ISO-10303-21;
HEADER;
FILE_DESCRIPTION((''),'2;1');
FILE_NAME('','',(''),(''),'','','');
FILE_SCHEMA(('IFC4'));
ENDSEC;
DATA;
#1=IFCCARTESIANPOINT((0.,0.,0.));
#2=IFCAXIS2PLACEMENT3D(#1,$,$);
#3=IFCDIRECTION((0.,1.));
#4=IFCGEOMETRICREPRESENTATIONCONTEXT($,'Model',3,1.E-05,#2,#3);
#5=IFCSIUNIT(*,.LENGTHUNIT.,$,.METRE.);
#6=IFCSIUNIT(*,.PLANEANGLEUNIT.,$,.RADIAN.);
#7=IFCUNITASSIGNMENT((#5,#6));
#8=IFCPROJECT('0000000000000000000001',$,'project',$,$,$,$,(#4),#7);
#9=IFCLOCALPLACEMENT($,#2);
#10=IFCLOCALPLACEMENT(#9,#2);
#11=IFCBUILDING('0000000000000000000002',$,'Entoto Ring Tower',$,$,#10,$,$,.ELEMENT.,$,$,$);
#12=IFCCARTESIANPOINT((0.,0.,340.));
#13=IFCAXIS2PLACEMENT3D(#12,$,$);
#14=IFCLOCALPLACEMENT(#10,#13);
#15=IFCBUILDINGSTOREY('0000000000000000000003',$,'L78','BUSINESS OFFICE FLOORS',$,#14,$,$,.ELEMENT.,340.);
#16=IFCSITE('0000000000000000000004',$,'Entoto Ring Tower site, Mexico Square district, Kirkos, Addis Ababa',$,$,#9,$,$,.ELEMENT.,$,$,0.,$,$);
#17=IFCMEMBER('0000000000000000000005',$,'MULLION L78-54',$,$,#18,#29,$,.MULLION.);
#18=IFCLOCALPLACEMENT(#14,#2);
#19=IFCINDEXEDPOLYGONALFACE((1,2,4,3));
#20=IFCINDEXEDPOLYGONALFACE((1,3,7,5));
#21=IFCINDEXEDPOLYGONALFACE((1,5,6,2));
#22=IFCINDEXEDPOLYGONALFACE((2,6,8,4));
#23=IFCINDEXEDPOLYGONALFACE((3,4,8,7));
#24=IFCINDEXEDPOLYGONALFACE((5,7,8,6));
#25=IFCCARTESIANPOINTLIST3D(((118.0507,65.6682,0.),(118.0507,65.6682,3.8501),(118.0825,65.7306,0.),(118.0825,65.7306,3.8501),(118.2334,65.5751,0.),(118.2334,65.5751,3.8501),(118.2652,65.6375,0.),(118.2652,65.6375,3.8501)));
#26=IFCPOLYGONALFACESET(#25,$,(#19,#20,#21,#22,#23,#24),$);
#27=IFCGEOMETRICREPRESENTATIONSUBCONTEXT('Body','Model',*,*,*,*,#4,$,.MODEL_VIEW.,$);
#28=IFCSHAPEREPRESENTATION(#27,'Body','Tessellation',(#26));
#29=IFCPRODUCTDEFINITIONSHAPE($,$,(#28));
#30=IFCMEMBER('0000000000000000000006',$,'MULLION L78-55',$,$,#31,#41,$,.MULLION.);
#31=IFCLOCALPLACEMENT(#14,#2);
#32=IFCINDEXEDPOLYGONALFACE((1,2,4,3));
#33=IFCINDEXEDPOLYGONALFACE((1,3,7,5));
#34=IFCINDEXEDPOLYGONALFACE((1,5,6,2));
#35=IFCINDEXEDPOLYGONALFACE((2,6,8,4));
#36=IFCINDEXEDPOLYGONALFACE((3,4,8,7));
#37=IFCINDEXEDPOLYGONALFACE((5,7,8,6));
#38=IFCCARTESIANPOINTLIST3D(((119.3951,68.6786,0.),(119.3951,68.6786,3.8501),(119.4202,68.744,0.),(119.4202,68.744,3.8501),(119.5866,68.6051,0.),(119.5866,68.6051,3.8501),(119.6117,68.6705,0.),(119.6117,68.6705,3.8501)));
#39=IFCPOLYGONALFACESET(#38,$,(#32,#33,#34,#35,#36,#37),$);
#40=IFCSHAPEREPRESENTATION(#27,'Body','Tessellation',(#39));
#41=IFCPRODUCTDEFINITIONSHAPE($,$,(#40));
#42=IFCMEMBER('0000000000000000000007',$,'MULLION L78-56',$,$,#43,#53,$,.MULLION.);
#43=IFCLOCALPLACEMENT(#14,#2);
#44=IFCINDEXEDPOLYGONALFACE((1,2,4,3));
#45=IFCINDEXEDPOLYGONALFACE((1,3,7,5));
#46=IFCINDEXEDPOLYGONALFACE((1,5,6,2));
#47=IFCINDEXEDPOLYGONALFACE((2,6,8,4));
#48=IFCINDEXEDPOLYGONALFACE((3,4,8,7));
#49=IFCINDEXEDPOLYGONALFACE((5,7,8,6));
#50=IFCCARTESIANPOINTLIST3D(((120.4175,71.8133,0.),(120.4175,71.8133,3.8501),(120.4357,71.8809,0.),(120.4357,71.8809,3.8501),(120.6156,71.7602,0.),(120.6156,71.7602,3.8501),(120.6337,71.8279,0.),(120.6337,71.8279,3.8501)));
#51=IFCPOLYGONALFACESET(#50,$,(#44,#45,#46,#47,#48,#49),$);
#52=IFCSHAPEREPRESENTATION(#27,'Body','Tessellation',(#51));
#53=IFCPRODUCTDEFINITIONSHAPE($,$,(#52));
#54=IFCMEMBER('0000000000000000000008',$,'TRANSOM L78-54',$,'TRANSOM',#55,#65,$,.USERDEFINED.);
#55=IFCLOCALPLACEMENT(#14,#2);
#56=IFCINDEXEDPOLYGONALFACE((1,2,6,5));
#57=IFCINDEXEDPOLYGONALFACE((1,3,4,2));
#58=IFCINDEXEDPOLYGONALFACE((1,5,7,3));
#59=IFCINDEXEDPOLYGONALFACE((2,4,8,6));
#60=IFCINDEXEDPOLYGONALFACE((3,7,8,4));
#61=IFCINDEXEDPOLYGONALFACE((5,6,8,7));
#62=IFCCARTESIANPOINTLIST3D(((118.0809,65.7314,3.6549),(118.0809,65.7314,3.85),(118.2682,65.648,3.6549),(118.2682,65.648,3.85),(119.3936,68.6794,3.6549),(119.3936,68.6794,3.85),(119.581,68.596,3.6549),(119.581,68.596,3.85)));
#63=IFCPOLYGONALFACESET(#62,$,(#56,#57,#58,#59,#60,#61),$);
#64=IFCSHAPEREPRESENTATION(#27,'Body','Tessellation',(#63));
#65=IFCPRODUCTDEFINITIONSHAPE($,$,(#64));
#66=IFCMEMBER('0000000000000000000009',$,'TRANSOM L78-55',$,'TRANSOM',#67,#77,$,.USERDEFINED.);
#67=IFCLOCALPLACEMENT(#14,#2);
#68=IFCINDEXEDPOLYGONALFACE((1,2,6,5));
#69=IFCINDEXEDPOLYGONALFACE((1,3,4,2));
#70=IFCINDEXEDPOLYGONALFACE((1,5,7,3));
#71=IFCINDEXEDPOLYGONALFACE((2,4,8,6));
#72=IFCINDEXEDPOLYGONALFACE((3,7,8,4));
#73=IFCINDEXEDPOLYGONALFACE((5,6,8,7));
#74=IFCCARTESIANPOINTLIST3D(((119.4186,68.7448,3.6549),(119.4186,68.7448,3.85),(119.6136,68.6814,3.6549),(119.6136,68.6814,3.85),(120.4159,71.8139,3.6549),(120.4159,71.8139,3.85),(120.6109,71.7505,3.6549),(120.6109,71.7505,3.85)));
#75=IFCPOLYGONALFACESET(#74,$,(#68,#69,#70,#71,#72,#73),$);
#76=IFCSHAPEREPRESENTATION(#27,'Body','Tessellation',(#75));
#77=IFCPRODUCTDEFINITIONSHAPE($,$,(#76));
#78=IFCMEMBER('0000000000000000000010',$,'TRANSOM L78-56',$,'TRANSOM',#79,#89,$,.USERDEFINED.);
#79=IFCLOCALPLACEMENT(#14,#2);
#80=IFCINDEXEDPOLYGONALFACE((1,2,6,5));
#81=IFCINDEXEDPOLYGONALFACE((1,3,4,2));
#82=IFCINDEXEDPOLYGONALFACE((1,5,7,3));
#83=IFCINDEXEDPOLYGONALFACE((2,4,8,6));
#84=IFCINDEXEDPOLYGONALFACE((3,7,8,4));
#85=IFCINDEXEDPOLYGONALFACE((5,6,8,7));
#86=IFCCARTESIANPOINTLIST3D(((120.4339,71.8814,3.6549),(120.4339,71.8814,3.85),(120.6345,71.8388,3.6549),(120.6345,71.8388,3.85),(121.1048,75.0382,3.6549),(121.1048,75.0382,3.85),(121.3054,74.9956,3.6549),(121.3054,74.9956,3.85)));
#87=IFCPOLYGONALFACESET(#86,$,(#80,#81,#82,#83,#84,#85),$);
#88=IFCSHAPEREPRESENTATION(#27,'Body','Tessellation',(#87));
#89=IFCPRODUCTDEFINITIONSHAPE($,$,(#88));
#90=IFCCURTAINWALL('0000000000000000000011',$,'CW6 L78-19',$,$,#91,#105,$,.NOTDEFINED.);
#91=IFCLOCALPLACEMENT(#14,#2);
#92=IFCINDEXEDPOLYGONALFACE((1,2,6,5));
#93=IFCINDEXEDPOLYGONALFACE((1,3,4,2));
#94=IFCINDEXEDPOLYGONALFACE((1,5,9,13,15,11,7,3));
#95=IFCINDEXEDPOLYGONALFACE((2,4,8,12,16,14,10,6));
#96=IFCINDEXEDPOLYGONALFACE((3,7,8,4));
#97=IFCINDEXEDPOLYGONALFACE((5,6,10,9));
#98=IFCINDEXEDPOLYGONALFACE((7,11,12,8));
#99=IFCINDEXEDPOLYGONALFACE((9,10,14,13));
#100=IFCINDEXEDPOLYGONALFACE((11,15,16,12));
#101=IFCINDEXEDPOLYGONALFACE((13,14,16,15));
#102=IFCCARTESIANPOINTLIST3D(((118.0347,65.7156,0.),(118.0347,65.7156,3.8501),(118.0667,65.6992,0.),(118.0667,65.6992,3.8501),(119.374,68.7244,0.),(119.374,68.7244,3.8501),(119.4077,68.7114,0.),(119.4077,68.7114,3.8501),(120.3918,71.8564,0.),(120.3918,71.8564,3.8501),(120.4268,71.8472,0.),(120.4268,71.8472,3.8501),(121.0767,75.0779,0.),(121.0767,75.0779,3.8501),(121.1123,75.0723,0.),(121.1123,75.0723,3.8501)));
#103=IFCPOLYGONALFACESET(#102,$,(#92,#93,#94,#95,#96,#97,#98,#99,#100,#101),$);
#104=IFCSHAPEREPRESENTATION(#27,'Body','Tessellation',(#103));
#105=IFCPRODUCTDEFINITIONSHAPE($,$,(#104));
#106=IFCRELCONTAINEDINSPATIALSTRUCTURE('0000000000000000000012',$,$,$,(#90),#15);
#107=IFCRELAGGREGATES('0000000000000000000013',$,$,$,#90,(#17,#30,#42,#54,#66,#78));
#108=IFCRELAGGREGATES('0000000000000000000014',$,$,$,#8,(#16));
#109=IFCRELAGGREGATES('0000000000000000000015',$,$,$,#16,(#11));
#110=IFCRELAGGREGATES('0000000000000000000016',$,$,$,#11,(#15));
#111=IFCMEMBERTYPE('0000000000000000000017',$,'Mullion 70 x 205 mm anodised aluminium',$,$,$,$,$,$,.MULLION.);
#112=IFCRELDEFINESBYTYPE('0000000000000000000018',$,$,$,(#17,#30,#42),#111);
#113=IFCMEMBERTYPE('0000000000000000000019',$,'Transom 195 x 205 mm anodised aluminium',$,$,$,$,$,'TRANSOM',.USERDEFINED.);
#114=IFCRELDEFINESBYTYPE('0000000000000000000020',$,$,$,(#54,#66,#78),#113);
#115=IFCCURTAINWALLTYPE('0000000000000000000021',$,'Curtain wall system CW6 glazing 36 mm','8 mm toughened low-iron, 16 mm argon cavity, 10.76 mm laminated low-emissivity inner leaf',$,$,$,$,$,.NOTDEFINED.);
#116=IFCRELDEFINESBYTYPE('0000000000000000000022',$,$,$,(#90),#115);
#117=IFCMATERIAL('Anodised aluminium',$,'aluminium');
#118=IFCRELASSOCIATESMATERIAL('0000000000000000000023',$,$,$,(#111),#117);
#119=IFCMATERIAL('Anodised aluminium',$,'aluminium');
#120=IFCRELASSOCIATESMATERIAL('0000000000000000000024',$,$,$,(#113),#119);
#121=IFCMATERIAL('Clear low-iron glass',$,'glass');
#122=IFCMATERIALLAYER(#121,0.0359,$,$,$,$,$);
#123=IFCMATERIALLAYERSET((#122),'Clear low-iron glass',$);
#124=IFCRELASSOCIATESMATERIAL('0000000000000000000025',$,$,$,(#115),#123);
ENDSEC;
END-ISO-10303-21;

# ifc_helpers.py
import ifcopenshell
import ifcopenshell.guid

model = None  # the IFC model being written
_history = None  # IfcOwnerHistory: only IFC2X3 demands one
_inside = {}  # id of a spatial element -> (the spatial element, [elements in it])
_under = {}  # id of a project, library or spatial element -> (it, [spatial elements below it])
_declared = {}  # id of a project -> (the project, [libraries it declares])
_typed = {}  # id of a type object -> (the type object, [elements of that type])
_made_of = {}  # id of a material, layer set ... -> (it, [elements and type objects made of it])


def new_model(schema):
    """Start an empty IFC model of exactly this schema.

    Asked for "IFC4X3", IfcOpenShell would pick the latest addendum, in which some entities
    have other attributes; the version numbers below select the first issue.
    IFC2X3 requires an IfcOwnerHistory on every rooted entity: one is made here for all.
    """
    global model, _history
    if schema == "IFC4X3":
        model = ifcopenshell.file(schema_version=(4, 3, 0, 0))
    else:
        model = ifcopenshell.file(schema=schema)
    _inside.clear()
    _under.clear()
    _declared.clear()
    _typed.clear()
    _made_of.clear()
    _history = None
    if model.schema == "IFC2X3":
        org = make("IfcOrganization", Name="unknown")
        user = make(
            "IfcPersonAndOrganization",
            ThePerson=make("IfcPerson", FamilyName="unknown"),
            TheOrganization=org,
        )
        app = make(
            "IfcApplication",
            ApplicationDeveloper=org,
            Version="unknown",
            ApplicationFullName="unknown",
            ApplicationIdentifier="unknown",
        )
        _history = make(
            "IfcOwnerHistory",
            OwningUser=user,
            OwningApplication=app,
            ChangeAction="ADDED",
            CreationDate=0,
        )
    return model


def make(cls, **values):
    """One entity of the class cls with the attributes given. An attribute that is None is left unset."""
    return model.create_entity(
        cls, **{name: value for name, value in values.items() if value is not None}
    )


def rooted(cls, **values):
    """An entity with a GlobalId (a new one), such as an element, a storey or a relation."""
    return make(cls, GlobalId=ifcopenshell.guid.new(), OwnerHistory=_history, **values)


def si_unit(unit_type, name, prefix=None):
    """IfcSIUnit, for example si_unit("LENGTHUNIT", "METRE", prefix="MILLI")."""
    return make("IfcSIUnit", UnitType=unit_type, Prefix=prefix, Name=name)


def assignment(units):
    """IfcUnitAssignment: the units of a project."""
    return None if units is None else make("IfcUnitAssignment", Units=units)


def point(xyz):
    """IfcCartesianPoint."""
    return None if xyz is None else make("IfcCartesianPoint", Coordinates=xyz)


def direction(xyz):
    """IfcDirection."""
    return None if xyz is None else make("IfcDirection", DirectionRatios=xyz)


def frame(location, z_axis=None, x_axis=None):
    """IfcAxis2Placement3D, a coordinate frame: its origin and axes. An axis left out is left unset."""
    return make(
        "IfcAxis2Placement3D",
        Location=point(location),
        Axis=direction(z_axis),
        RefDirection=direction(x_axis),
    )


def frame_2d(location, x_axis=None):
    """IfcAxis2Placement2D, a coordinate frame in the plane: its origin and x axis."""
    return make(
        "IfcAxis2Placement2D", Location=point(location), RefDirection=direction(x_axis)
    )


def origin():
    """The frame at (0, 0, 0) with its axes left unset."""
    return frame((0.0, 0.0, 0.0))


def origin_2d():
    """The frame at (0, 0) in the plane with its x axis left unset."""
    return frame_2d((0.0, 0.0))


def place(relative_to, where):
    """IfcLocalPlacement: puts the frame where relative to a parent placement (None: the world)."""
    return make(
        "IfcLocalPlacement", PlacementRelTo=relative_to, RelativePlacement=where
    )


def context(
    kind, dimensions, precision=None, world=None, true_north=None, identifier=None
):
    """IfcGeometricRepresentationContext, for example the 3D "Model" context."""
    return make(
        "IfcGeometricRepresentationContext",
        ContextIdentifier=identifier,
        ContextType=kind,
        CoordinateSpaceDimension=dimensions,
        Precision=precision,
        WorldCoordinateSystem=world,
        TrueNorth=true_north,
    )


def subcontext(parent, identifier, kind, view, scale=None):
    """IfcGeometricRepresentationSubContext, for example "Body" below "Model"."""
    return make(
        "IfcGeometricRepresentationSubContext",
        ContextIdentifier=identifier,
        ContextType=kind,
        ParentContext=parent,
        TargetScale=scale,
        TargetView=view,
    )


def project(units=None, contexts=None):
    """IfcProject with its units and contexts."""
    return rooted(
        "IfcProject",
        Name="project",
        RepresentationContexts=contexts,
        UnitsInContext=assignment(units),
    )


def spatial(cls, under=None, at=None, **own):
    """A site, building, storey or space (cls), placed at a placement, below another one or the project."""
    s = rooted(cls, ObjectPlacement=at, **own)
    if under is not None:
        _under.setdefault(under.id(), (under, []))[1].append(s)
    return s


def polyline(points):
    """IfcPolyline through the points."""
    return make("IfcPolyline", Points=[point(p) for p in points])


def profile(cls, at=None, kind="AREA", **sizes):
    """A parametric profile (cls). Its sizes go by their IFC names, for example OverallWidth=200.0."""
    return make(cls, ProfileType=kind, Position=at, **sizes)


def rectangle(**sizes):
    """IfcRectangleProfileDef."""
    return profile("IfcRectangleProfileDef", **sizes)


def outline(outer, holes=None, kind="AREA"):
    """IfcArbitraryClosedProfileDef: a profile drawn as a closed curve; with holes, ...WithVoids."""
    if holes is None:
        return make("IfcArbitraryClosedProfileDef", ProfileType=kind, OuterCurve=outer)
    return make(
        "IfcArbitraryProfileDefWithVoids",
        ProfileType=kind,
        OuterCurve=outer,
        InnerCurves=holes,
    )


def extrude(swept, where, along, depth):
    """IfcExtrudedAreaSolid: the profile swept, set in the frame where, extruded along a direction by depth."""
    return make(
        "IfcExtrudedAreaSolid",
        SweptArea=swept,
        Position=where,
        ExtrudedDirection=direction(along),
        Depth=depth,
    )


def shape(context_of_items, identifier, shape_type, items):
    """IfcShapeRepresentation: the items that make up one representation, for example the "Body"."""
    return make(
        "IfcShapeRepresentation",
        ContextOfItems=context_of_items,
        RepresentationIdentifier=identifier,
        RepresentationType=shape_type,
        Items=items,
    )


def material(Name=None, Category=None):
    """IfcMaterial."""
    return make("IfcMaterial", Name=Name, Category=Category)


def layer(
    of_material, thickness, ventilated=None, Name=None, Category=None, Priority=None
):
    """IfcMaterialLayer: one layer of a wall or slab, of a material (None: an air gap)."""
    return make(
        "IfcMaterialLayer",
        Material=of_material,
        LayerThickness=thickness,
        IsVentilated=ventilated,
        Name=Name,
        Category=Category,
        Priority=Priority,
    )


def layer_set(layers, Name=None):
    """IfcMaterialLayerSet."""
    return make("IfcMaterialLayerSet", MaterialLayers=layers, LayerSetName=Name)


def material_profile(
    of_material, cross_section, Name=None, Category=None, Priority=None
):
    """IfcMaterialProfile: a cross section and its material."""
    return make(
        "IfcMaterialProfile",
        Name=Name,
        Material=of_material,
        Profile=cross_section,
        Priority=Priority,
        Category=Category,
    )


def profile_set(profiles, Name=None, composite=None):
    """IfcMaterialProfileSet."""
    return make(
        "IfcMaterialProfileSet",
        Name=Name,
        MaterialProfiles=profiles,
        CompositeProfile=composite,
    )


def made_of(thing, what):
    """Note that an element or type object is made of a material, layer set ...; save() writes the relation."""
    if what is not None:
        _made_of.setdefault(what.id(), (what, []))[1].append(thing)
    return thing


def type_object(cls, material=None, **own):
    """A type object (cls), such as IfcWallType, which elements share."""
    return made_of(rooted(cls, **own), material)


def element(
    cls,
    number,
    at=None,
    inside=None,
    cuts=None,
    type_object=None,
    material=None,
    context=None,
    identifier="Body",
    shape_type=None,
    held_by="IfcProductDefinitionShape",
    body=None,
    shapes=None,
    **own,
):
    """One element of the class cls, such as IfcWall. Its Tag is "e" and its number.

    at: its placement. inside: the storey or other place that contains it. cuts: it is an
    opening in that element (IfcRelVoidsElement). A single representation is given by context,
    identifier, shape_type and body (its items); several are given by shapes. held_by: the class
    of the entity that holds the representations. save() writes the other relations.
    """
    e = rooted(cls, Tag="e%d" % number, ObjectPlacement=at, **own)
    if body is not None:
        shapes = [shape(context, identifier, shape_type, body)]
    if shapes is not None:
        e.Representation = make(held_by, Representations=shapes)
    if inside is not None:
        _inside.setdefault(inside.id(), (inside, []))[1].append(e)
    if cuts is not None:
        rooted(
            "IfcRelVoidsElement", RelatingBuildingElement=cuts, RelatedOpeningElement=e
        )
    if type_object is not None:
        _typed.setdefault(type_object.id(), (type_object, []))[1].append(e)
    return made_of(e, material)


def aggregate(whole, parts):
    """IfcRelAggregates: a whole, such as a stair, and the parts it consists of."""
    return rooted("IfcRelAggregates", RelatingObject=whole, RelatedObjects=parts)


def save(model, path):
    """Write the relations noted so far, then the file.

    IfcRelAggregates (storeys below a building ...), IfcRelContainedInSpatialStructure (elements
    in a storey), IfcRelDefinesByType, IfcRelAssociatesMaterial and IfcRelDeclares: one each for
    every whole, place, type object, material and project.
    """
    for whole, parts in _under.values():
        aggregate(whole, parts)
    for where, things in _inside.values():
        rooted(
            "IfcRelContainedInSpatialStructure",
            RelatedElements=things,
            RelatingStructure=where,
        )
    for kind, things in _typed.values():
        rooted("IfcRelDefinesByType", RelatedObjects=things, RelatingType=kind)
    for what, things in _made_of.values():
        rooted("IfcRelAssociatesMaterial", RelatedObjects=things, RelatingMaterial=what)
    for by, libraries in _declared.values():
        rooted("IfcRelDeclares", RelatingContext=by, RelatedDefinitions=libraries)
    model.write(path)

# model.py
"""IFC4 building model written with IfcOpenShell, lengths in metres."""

from ifc_helpers import new_model, si_unit, direction, frame, origin, origin_2d, place, context, subcontext, project, spatial, polyline, rectangle, outline, extrude, material, layer, layer_set, material_profile, profile_set, type_object, element, aggregate, save


model = new_model("IFC4")

# Units and contexts
model_context = context("Model", 3, precision=1e-05, world=origin(), true_north=direction((0.0, 1.0)))
body_context = subcontext(model_context, "Body", "Model", "MODEL_VIEW")
ifc_project = project(units=[si_unit("LENGTHUNIT", "METRE"), si_unit("PLANEANGLEUNIT", "RADIAN")], contexts=[model_context])

# Members
ifc_material_1 = material(Name="Anodised aluminium", Category="aluminium")
ifc_material_profile_1 = material_profile(ifc_material_1, rectangle(XDim=0.0701, YDim=0.2051, at=origin_2d()), Name="Mullion 70 x 205 mm anodised aluminium")
ifc_profile_set_1 = profile_set([ifc_material_profile_1], Name="Anodised aluminium")
member_type_1 = type_object("IfcMemberType", Name="Mullion 70 x 205 mm anodised aluminium", PredefinedType="MULLION", material=ifc_profile_set_1)
site_placement = place(None, origin())
building_placement = place(site_placement, origin())
storey_placement = place(building_placement, frame((0.0, 0.0, 340.0)))
member_1_placement = place(storey_placement, frame((118.158, 65.6528, 0.0), z_axis=(0.0, 0.0, 1.0), x_axis=(0.45399, 0.891007, 0.0)))
member_1 = element("IfcMember", 1, at=member_1_placement, type_object=member_type_1, Name="MULLION L78-54", PredefinedType="MULLION", context=body_context, shape_type="SweptSolid", body=[
    extrude(rectangle(XDim=0.0701, YDim=0.2051, at=origin_2d()), origin(), (0.0, 0.0, 1.0), 3.8501),
])
member_2_placement = place(storey_placement, frame((119.5034, 68.6746, 0.0), z_axis=(0.0, 0.0, 1.0), x_axis=(0.358368, 0.93358, 0.0)))
member_2 = element("IfcMember", 2, at=member_2_placement, type_object=member_type_1, Name="MULLION L78-55", PredefinedType="MULLION", context=body_context, shape_type="SweptSolid", body=[
    extrude(rectangle(XDim=0.0701, YDim=0.2051, at=origin_2d()), origin(), (0.0, 0.0, 1.0), 3.8501),
])
member_3_placement = place(storey_placement, frame((120.5256, 71.8206, 0.0), z_axis=(0.0, 0.0, 1.0), x_axis=(0.258819, 0.965926, 0.0)))
member_3 = element("IfcMember", 3, at=member_3_placement, type_object=member_type_1, Name="MULLION L78-56", PredefinedType="MULLION", context=body_context, shape_type="SweptSolid", body=[
    extrude(rectangle(XDim=0.0701, YDim=0.2051, at=origin_2d()), origin(), (0.0, 0.0, 1.0), 3.8501),
])
ifc_material_2 = material(Name="Anodised aluminium", Category="aluminium")
ifc_material_profile_2 = material_profile(ifc_material_2, rectangle(XDim=0.2051, YDim=0.1951, at=origin_2d()), Name="Transom 195 x 205 mm anodised aluminium")
ifc_profile_set_2 = profile_set([ifc_material_profile_2], Name="Anodised aluminium")
member_type_2 = type_object("IfcMemberType", Name="Transom 195 x 205 mm anodised aluminium", ElementType="TRANSOM", PredefinedType="USERDEFINED", material=ifc_profile_set_2)
member_4_placement = place(storey_placement, frame((118.1746, 65.6897, 3.7524), z_axis=(0.406791, 0.913521, 0.0), x_axis=(-0.913521, 0.406791, 0.0)))
member_4 = element("IfcMember", 4, at=member_4_placement, type_object=member_type_2, Name="TRANSOM L78-54", ObjectType="TRANSOM", PredefinedType="USERDEFINED", context=body_context, shape_type="SweptSolid", body=[
    extrude(rectangle(XDim=0.2051, YDim=0.1951, at=origin_2d()), origin(), (0.0, 0.0, 1.0), 3.2271),
])
member_5_placement = place(storey_placement, frame((119.5161, 68.7131, 3.7524), z_axis=(0.309047, 0.951047, 0.0), x_axis=(-0.951047, 0.309047, 0.0)))
member_5 = element("IfcMember", 5, at=member_5_placement, type_object=member_type_2, Name="TRANSOM L78-55", ObjectType="TRANSOM", PredefinedType="USERDEFINED", context=body_context, shape_type="SweptSolid", body=[
    extrude(rectangle(XDim=0.2051, YDim=0.1951, at=origin_2d()), origin(), (0.0, 0.0, 1.0), 3.2271),
])
member_6_placement = place(storey_placement, frame((120.5342, 71.8601, 3.7524), z_axis=(0.207886, 0.978153, 0.0), x_axis=(-0.978153, 0.207886, 0.0)))
member_6 = element("IfcMember", 6, at=member_6_placement, type_object=member_type_2, Name="TRANSOM L78-56", ObjectType="TRANSOM", PredefinedType="USERDEFINED", context=body_context, shape_type="SweptSolid", body=[
    extrude(rectangle(XDim=0.2051, YDim=0.1951, at=origin_2d()), origin(), (0.0, 0.0, 1.0), 3.2273),
])

# Site, building, storey
site = spatial("IfcSite", under=ifc_project, at=site_placement, Name="Entoto Ring Tower site, Mexico Square district, Kirkos, Addis Ababa", CompositionType="ELEMENT", RefElevation=0.0)
building = spatial("IfcBuilding", under=site, at=building_placement, Name="Entoto Ring Tower", CompositionType="ELEMENT")
storey = spatial("IfcBuildingStorey", under=building, at=storey_placement, Name="L78", Description="BUSINESS OFFICE FLOORS", CompositionType="ELEMENT", Elevation=340.0)

# Curtain wall
ifc_material_3 = material(Name="Clear low-iron glass", Category="glass")
ifc_layer_1 = layer(ifc_material_3, 0.0359)
ifc_layer_set_1 = layer_set([ifc_layer_1], Name="Clear low-iron glass")
curtain_wall_type = type_object("IfcCurtainWallType", Name="Curtain wall system CW6 glazing 36 mm", Description="8 mm toughened low-iron, 16 mm argon cavity, 10.76 mm laminated low-emissivity inner leaf", PredefinedType="NOTDEFINED", material=ifc_layer_set_1)
curtain_wall_1_placement = place(storey_placement, origin())
curtain_wall_1 = element("IfcCurtainWall", 7, at=curtain_wall_1_placement, inside=storey, type_object=curtain_wall_type, Name="CW6 L78-19", PredefinedType="NOTDEFINED", context=body_context, shape_type="SweptSolid", body=[
    extrude(outline(polyline([(118.0667, 65.6992), (119.4077, 68.7114), (120.4268, 71.8472), (121.1123, 75.0723), (121.0767, 75.0779), (120.3918, 71.8564), (119.374, 68.7244), (118.0347, 65.7156), (118.0667, 65.6992)])), origin(), (0.0, 0.0, 1.0), 3.8501),
])
aggregate(curtain_wall_1, [member_1, member_2, member_3, member_4, member_5, member_6])

save(model, "model.ifc")
